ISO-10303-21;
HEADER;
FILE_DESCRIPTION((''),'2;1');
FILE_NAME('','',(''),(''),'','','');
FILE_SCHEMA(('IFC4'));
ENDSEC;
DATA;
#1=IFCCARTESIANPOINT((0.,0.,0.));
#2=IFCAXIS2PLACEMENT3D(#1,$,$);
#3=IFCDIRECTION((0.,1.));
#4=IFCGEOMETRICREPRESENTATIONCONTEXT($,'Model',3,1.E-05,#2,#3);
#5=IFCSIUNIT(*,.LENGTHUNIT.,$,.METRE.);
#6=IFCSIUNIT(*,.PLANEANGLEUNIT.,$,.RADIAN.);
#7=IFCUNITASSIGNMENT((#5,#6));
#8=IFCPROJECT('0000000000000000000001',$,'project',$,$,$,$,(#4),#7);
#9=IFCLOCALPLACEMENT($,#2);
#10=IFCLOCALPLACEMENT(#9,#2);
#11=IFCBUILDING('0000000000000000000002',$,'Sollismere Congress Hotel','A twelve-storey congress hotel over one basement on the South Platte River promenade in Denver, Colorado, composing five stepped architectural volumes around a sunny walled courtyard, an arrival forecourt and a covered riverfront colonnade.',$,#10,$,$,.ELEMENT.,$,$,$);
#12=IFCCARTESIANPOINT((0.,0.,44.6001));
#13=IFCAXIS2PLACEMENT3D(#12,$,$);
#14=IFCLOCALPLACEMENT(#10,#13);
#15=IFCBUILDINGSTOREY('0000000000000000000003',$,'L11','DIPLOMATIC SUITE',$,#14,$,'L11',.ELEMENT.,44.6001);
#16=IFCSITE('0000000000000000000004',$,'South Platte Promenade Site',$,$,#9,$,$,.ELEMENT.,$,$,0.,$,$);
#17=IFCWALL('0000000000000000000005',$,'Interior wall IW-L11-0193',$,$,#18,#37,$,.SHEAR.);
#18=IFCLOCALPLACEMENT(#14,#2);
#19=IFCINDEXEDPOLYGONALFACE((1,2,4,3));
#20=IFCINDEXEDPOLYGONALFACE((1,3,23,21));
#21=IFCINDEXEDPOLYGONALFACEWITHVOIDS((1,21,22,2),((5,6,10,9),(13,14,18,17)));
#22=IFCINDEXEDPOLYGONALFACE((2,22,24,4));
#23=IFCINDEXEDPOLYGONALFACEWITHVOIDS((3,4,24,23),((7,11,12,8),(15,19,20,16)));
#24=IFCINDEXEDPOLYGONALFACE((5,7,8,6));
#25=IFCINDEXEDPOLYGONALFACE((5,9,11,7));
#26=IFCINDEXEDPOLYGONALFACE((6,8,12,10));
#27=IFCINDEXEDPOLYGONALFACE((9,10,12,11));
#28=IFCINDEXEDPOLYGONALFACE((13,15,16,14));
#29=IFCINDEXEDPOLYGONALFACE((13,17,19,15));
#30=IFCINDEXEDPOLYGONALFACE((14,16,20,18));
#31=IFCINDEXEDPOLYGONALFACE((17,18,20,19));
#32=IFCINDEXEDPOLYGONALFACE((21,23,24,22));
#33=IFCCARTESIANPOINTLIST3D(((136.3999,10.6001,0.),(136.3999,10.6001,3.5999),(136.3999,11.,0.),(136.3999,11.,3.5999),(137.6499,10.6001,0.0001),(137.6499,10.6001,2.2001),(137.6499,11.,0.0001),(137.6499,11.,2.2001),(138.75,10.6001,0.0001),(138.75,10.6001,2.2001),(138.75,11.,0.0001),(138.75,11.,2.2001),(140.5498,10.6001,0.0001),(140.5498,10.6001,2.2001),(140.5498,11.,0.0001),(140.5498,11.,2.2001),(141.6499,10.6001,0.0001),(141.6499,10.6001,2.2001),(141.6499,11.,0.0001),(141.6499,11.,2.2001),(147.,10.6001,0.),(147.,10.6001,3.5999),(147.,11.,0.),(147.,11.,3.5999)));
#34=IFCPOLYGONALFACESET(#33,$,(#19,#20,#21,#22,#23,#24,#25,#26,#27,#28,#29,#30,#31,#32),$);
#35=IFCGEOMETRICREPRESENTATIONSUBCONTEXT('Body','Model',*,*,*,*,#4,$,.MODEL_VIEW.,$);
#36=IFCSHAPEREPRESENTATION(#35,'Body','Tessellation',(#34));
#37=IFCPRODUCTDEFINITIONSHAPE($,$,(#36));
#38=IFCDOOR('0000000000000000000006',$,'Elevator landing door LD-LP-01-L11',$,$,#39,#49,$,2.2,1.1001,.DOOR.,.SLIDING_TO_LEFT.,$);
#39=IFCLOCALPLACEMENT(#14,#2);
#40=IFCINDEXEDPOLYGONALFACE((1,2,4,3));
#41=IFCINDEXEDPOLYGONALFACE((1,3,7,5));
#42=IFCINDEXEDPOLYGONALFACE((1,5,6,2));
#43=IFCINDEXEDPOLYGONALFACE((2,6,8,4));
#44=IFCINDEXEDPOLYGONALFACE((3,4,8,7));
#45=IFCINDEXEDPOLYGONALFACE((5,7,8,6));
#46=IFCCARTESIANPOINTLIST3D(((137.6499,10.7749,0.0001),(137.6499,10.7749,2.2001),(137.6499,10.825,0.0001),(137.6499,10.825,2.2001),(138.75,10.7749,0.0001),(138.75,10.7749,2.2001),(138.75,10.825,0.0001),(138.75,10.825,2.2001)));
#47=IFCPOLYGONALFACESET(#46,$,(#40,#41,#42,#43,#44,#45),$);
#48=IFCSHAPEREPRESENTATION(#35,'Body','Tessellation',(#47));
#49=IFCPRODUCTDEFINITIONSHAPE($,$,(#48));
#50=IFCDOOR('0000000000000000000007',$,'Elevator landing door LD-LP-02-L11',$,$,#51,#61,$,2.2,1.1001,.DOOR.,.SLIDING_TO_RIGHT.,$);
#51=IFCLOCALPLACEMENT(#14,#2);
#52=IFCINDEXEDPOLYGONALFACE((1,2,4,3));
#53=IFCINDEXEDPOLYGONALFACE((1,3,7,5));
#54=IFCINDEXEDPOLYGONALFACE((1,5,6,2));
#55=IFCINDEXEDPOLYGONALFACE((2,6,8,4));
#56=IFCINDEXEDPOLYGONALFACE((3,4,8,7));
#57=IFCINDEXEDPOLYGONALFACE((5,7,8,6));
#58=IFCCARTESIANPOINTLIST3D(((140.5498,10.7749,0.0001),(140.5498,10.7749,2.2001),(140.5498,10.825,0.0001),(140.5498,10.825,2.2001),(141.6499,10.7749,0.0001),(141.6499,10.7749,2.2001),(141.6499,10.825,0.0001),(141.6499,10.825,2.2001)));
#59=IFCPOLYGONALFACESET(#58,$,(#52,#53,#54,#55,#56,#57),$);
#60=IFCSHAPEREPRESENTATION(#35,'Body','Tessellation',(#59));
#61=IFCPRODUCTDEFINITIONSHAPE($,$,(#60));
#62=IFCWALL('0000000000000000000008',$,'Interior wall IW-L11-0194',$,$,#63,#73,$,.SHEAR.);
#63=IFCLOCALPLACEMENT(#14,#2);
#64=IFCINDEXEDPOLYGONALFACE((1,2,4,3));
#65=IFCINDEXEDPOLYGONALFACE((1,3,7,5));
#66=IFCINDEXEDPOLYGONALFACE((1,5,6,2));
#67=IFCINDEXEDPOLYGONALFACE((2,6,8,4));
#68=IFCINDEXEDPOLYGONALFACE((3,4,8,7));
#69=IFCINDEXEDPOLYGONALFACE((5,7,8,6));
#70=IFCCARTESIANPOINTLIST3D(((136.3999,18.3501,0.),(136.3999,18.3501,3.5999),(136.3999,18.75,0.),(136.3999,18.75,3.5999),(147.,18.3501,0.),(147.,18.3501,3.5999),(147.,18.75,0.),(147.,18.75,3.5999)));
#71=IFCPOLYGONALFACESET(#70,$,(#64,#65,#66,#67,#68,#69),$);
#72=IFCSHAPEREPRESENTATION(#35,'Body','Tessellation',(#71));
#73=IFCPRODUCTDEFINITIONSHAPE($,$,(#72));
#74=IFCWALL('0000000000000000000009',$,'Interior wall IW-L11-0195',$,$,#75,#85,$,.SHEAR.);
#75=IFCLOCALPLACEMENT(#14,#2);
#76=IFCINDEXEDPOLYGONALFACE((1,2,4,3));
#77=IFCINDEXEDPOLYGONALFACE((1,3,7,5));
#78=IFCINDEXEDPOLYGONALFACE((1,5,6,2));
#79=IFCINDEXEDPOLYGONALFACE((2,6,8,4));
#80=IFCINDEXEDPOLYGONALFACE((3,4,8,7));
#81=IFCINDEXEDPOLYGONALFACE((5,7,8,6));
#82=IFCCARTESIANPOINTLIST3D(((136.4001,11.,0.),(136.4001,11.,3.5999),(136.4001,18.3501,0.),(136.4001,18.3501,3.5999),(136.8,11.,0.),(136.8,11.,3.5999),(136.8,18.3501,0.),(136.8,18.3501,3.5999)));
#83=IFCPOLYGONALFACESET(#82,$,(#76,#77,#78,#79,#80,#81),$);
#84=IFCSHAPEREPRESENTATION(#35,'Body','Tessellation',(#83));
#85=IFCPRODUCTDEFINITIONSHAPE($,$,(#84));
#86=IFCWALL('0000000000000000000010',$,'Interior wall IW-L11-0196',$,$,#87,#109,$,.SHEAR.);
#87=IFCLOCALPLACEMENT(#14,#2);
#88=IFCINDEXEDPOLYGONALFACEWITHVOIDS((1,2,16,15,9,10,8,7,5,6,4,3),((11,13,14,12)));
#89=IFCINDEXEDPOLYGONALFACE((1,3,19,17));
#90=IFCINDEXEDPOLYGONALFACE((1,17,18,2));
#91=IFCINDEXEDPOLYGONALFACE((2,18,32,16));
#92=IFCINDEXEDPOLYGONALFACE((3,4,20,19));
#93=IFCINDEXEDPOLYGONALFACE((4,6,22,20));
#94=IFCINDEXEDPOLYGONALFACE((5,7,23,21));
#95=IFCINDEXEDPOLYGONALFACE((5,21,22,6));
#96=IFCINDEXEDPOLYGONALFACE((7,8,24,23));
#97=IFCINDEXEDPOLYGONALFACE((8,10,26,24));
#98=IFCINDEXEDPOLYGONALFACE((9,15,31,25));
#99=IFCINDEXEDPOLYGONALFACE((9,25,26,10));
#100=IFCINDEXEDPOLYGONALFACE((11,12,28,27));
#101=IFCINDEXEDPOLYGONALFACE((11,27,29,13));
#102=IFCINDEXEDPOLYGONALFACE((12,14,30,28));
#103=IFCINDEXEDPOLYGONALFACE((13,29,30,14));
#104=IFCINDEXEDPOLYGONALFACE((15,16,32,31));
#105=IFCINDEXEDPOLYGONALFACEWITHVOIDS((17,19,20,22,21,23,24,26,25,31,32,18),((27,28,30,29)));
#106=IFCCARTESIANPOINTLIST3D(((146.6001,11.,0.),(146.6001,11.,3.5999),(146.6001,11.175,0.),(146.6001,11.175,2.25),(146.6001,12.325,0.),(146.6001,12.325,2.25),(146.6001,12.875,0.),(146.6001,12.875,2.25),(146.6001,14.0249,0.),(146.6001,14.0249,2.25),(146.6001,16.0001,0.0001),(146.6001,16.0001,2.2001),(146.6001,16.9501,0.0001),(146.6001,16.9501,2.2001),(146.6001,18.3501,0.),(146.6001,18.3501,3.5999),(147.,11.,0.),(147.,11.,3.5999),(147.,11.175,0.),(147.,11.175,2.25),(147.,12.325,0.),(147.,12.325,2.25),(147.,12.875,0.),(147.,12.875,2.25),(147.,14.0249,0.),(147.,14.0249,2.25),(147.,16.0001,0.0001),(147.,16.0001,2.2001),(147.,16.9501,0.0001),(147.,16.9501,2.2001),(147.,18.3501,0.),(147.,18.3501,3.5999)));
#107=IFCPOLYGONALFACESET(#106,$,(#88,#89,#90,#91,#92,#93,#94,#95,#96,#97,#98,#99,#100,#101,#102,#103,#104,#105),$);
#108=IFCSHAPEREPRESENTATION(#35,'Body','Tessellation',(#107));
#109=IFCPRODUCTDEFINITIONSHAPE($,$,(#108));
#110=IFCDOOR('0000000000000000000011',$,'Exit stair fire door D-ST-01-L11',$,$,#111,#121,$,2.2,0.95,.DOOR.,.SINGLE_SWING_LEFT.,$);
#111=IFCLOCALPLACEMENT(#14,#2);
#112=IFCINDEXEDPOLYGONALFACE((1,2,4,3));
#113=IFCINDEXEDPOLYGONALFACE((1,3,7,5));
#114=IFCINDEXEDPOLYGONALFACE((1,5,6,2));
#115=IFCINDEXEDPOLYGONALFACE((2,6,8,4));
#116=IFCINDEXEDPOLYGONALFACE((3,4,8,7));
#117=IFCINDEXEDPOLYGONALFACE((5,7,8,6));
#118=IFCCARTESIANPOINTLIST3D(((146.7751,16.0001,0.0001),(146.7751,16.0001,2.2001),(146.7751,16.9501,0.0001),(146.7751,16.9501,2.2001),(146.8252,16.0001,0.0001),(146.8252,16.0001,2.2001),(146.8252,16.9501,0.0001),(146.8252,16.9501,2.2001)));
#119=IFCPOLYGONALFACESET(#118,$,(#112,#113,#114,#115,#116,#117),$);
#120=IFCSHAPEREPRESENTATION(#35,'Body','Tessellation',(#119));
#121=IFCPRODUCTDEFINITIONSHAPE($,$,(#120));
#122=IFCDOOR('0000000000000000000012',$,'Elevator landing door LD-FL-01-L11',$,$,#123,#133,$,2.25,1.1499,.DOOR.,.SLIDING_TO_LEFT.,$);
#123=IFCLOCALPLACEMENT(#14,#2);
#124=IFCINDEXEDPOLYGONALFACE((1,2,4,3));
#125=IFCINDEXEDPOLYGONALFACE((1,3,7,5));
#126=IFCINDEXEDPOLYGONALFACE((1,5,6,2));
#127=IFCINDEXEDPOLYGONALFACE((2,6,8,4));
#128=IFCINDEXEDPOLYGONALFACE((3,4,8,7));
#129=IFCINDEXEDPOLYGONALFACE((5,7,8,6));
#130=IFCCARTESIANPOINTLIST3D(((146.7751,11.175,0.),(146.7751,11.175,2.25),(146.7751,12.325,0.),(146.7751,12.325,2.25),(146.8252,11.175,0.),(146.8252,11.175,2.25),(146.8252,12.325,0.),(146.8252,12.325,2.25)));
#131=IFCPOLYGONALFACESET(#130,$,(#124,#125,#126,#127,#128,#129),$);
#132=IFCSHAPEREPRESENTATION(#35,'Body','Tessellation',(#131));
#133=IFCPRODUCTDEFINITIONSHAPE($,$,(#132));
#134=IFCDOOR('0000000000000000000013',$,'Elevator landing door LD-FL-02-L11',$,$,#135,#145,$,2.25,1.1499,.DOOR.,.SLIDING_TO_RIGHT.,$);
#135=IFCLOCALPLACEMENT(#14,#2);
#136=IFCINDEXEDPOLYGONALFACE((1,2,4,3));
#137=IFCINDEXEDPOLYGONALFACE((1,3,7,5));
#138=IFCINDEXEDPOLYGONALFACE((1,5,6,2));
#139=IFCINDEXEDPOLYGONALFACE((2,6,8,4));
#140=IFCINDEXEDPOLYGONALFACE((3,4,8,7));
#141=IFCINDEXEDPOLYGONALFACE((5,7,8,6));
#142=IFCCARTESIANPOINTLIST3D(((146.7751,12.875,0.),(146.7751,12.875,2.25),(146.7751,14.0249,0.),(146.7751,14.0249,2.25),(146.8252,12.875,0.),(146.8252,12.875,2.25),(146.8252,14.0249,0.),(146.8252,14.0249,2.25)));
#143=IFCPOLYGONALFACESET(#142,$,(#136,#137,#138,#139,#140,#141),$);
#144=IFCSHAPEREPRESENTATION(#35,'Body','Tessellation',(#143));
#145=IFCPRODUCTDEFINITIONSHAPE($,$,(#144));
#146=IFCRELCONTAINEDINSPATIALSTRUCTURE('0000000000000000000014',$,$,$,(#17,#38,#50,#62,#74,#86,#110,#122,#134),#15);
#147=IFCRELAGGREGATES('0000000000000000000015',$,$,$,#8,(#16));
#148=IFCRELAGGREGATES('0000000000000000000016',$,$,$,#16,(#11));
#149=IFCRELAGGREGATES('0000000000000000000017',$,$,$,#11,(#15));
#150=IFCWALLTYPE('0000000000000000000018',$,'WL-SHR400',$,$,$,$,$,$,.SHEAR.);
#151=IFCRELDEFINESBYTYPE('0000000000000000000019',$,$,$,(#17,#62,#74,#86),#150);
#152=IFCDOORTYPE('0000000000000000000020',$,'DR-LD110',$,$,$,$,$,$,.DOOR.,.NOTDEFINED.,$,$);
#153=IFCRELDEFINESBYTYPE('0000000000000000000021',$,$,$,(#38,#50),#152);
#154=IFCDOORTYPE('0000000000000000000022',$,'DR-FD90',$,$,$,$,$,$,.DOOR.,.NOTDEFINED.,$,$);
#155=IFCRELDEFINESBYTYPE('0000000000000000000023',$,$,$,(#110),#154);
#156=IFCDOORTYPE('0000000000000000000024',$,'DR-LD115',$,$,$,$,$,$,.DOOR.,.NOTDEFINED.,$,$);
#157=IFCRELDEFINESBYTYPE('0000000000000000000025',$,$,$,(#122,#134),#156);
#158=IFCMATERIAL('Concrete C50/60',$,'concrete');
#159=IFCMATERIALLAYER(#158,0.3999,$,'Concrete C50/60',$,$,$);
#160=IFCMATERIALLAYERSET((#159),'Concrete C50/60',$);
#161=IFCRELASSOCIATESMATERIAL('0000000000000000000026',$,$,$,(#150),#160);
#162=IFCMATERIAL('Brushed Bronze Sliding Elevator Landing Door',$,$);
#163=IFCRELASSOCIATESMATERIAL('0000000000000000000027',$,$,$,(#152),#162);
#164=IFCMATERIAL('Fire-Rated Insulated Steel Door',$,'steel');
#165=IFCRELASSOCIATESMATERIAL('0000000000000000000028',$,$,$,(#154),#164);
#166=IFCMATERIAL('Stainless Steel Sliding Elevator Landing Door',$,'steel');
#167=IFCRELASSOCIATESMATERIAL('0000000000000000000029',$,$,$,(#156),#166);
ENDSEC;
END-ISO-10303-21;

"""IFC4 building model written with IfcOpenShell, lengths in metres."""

from ifc_helpers import new_model, si_unit, direction, frame, frame_2d, origin, place, context, subcontext, project, spatial, rectangle, extrude, material, layer, layer_set, type_object, element, fill, save


model = new_model("IFC4")

# Units and contexts
model_context = context("Model", 3, precision=1e-05, world=origin(), true_north=direction((0.0, 1.0)))
body_context = subcontext(model_context, "Body", "Model", "MODEL_VIEW")
ifc_project = project(units=[si_unit("LENGTHUNIT", "METRE"), si_unit("PLANEANGLEUNIT", "RADIAN")], contexts=[model_context])

# Site, building, storey
site_placement = place(None, origin())
site = spatial("IfcSite", under=ifc_project, at=site_placement, Name="South Platte Promenade Site", CompositionType="ELEMENT", RefElevation=0.0)
building_placement = place(site_placement, origin())
building = spatial("IfcBuilding", under=site, at=building_placement, Name="Sollismere Congress Hotel", Description="A twelve-storey congress hotel over one basement on the South Platte River promenade in Denver, Colorado, composing five stepped architectural volumes around a sunny walled courtyard, an arrival forecourt and a covered riverfront colonnade.", CompositionType="ELEMENT")
storey_placement = place(building_placement, frame((0.0, 0.0, 44.6001)))
storey = spatial("IfcBuildingStorey", under=building, at=storey_placement, Name="L11", Description="DIPLOMATIC SUITE", LongName="L11", CompositionType="ELEMENT", Elevation=44.6001)

# Shared definitions
ifc_material_1 = material(Name="Concrete C50/60", Category="concrete")

# Wall, openings, doors
ifc_layer_1 = layer(ifc_material_1, 0.3999, Name="Concrete C50/60")
ifc_layer_set_1 = layer_set([ifc_layer_1], Name="Concrete C50/60")
wall_type_1 = type_object("IfcWallType", Name="WL-SHR400", PredefinedType="SHEAR", material=ifc_layer_set_1)
wall_1_placement = place(storey_placement, frame((136.3999, 10.8, 0.0), z_axis=(0.0, 0.0, 1.0), x_axis=(1.0, 0.0, 0.0)))
wall_1 = element("IfcWall", 1, at=wall_1_placement, inside=storey, type_object=wall_type_1, Name="Interior wall IW-L11-0193", PredefinedType="SHEAR", context=body_context, shape_type="SweptSolid", body=[
    extrude(rectangle(XDim=10.6001, YDim=0.3999, at=frame_2d((5.3, 0.0))), origin(), (0.0, 0.0, 1.0), 3.5999),
])
opening_1_placement = place(wall_1_placement, frame((1.25, 0.0, 0.0)))
opening_1 = element("IfcOpeningElement", 2, at=opening_1_placement, cuts=wall_1, PredefinedType="OPENING", context=body_context, shape_type="SweptSolid", body=[
    extrude(rectangle(XDim=1.1001, YDim=2.2, at=frame_2d((0.55, 1.1001))), frame((0.0, 0.21, 0.0), z_axis=(0.0, -1.0, 0.0), x_axis=(1.0, 0.0, 0.0)), (0.0, 0.0, 1.0), 0.4199),
])
opening_2_placement = place(wall_1_placement, frame((4.1499, 0.0, 0.0)))
opening_2 = element("IfcOpeningElement", 3, at=opening_2_placement, cuts=wall_1, PredefinedType="OPENING", context=body_context, shape_type="SweptSolid", body=[
    extrude(rectangle(XDim=1.1001, YDim=2.2, at=frame_2d((0.55, 1.1001))), frame((0.0, 0.21, 0.0), z_axis=(0.0, -1.0, 0.0), x_axis=(1.0, 0.0, 0.0)), (0.0, 0.0, 1.0), 0.4199),
])
ifc_material_2 = material(Name="Brushed Bronze Sliding Elevator Landing Door")
door_type_1 = type_object("IfcDoorType", Name="DR-LD110", OperationType="NOTDEFINED", PredefinedType="DOOR", material=ifc_material_2)
door_1_placement = place(opening_1_placement, origin())
door_1 = element("IfcDoor", 4, at=door_1_placement, inside=storey, type_object=door_type_1, Name="Elevator landing door LD-LP-01-L11", OperationType="SLIDING_TO_LEFT", OverallHeight=2.2, OverallWidth=1.1001, PredefinedType="DOOR", context=body_context, shape_type="SweptSolid", body=[
    extrude(rectangle(XDim=1.1001, YDim=2.2, at=frame_2d((0.55, 1.1001))), frame((0.0, 0.0249, 0.0), z_axis=(0.0, -1.0, 0.0), x_axis=(1.0, 0.0, 0.0)), (0.0, 0.0, 1.0), 0.05),
])
fill(opening_1, door_1)
door_2_placement = place(opening_2_placement, origin())
door_2 = element("IfcDoor", 5, at=door_2_placement, inside=storey, type_object=door_type_1, Name="Elevator landing door LD-LP-02-L11", OperationType="SLIDING_TO_RIGHT", OverallHeight=2.2, OverallWidth=1.1001, PredefinedType="DOOR", context=body_context, shape_type="SweptSolid", body=[
    extrude(rectangle(XDim=1.1001, YDim=2.2, at=frame_2d((0.55, 1.1001))), frame((0.0, 0.0249, 0.0), z_axis=(0.0, -1.0, 0.0), x_axis=(1.0, 0.0, 0.0)), (0.0, 0.0, 1.0), 0.05),
])
fill(opening_2, door_2)

# Walls
wall_2_placement = place(storey_placement, frame((147.0, 18.55, 0.0), z_axis=(0.0, 0.0, 1.0), x_axis=(-1.0, 0.0, 0.0)))
element("IfcWall", 6, at=wall_2_placement, inside=storey, type_object=wall_type_1, Name="Interior wall IW-L11-0194", PredefinedType="SHEAR", context=body_context, shape_type="SweptSolid", body=[
    extrude(rectangle(XDim=10.6001, YDim=0.3999, at=frame_2d((5.3, 0.0))), origin(), (0.0, 0.0, 1.0), 3.5999),
])
wall_3_placement = place(storey_placement, frame((136.6001, 18.3501, 0.0), z_axis=(0.0, 0.0, 1.0), x_axis=(0.0, -1.0, 0.0)))
element("IfcWall", 7, at=wall_3_placement, inside=storey, type_object=wall_type_1, Name="Interior wall IW-L11-0195", PredefinedType="SHEAR", context=body_context, shape_type="SweptSolid", body=[
    extrude(rectangle(XDim=7.3501, YDim=0.3999, at=frame_2d((3.675, 0.0))), origin(), (0.0, 0.0, 1.0), 3.5999),
])

# Wall, openings, doors
wall_4_placement = place(storey_placement, frame((146.8, 11.0, 0.0), z_axis=(0.0, 0.0, 1.0), x_axis=(0.0, 1.0, 0.0)))
wall_4 = element("IfcWall", 8, at=wall_4_placement, inside=storey, type_object=wall_type_1, Name="Interior wall IW-L11-0196", PredefinedType="SHEAR", context=body_context, shape_type="SweptSolid", body=[
    extrude(rectangle(XDim=7.3501, YDim=0.3999, at=frame_2d((3.675, 0.0))), origin(), (0.0, 0.0, 1.0), 3.5999),
])
opening_3_placement = place(wall_4_placement, frame((5.0, 0.0, 0.0)))
opening_3 = element("IfcOpeningElement", 9, at=opening_3_placement, cuts=wall_4, PredefinedType="OPENING", context=body_context, shape_type="SweptSolid", body=[
    extrude(rectangle(XDim=0.95, YDim=2.2, at=frame_2d((0.4751, 1.1001))), frame((0.0, 0.21, 0.0), z_axis=(0.0, -1.0, 0.0), x_axis=(1.0, 0.0, 0.0)), (0.0, 0.0, 1.0), 0.4199),
])
opening_4_placement = place(wall_4_placement, frame((0.175, 0.0, 0.0)))
opening_4 = element("IfcOpeningElement", 10, at=opening_4_placement, cuts=wall_4, PredefinedType="OPENING", context=body_context, shape_type="SweptSolid", body=[
    extrude(rectangle(XDim=1.1499, YDim=2.25, at=frame_2d((0.575, 1.125))), frame((0.0, 0.21, 0.0), z_axis=(0.0, -1.0, 0.0), x_axis=(1.0, 0.0, 0.0)), (0.0, 0.0, 1.0), 0.4199),
])
opening_5_placement = place(wall_4_placement, frame((1.875, 0.0, 0.0)))
opening_5 = element("IfcOpeningElement", 11, at=opening_5_placement, cuts=wall_4, PredefinedType="OPENING", context=body_context, shape_type="SweptSolid", body=[
    extrude(rectangle(XDim=1.1499, YDim=2.25, at=frame_2d((0.575, 1.125))), frame((0.0, 0.21, 0.0), z_axis=(0.0, -1.0, 0.0), x_axis=(1.0, 0.0, 0.0)), (0.0, 0.0, 1.0), 0.4199),
])
ifc_material_3 = material(Name="Fire-Rated Insulated Steel Door", Category="steel")
door_type_2 = type_object("IfcDoorType", Name="DR-FD90", OperationType="NOTDEFINED", PredefinedType="DOOR", material=ifc_material_3)
door_3_placement = place(opening_3_placement, origin())
door_3 = element("IfcDoor", 12, at=door_3_placement, inside=storey, type_object=door_type_2, Name="Exit stair fire door D-ST-01-L11", OperationType="SINGLE_SWING_LEFT", OverallHeight=2.2, OverallWidth=0.95, PredefinedType="DOOR", context=body_context, shape_type="SweptSolid", body=[
    extrude(rectangle(XDim=0.95, YDim=2.2, at=frame_2d((0.4751, 1.1001))), frame((0.0, 0.0249, 0.0), z_axis=(0.0, -1.0, 0.0), x_axis=(1.0, 0.0, 0.0)), (0.0, 0.0, 1.0), 0.05),
])
fill(opening_3, door_3)
ifc_material_4 = material(Name="Stainless Steel Sliding Elevator Landing Door", Category="steel")
door_type_3 = type_object("IfcDoorType", Name="DR-LD115", OperationType="NOTDEFINED", PredefinedType="DOOR", material=ifc_material_4)
door_4_placement = place(opening_4_placement, origin())
door_4 = element("IfcDoor", 13, at=door_4_placement, inside=storey, type_object=door_type_3, Name="Elevator landing door LD-FL-01-L11", OperationType="SLIDING_TO_LEFT", OverallHeight=2.25, OverallWidth=1.1499, PredefinedType="DOOR", context=body_context, shape_type="SweptSolid", body=[
    extrude(rectangle(XDim=1.1499, YDim=2.25, at=frame_2d((0.575, 1.125))), frame((0.0, 0.0249, 0.0), z_axis=(0.0, -1.0, 0.0), x_axis=(1.0, 0.0, 0.0)), (0.0, 0.0, 1.0), 0.05),
])
fill(opening_4, door_4)
door_5_placement = place(opening_5_placement, origin())
door_5 = element("IfcDoor", 14, at=door_5_placement, inside=storey, type_object=door_type_3, Name="Elevator landing door LD-FL-02-L11", OperationType="SLIDING_TO_RIGHT", OverallHeight=2.25, OverallWidth=1.1499, PredefinedType="DOOR", context=body_context, shape_type="SweptSolid", body=[
    extrude(rectangle(XDim=1.1499, YDim=2.25, at=frame_2d((0.575, 1.125))), frame((0.0, 0.0249, 0.0), z_axis=(0.0, -1.0, 0.0), x_axis=(1.0, 0.0, 0.0)), (0.0, 0.0, 1.0), 0.05),
])
fill(opening_5, door_5)

save(model, "model.ifc")
